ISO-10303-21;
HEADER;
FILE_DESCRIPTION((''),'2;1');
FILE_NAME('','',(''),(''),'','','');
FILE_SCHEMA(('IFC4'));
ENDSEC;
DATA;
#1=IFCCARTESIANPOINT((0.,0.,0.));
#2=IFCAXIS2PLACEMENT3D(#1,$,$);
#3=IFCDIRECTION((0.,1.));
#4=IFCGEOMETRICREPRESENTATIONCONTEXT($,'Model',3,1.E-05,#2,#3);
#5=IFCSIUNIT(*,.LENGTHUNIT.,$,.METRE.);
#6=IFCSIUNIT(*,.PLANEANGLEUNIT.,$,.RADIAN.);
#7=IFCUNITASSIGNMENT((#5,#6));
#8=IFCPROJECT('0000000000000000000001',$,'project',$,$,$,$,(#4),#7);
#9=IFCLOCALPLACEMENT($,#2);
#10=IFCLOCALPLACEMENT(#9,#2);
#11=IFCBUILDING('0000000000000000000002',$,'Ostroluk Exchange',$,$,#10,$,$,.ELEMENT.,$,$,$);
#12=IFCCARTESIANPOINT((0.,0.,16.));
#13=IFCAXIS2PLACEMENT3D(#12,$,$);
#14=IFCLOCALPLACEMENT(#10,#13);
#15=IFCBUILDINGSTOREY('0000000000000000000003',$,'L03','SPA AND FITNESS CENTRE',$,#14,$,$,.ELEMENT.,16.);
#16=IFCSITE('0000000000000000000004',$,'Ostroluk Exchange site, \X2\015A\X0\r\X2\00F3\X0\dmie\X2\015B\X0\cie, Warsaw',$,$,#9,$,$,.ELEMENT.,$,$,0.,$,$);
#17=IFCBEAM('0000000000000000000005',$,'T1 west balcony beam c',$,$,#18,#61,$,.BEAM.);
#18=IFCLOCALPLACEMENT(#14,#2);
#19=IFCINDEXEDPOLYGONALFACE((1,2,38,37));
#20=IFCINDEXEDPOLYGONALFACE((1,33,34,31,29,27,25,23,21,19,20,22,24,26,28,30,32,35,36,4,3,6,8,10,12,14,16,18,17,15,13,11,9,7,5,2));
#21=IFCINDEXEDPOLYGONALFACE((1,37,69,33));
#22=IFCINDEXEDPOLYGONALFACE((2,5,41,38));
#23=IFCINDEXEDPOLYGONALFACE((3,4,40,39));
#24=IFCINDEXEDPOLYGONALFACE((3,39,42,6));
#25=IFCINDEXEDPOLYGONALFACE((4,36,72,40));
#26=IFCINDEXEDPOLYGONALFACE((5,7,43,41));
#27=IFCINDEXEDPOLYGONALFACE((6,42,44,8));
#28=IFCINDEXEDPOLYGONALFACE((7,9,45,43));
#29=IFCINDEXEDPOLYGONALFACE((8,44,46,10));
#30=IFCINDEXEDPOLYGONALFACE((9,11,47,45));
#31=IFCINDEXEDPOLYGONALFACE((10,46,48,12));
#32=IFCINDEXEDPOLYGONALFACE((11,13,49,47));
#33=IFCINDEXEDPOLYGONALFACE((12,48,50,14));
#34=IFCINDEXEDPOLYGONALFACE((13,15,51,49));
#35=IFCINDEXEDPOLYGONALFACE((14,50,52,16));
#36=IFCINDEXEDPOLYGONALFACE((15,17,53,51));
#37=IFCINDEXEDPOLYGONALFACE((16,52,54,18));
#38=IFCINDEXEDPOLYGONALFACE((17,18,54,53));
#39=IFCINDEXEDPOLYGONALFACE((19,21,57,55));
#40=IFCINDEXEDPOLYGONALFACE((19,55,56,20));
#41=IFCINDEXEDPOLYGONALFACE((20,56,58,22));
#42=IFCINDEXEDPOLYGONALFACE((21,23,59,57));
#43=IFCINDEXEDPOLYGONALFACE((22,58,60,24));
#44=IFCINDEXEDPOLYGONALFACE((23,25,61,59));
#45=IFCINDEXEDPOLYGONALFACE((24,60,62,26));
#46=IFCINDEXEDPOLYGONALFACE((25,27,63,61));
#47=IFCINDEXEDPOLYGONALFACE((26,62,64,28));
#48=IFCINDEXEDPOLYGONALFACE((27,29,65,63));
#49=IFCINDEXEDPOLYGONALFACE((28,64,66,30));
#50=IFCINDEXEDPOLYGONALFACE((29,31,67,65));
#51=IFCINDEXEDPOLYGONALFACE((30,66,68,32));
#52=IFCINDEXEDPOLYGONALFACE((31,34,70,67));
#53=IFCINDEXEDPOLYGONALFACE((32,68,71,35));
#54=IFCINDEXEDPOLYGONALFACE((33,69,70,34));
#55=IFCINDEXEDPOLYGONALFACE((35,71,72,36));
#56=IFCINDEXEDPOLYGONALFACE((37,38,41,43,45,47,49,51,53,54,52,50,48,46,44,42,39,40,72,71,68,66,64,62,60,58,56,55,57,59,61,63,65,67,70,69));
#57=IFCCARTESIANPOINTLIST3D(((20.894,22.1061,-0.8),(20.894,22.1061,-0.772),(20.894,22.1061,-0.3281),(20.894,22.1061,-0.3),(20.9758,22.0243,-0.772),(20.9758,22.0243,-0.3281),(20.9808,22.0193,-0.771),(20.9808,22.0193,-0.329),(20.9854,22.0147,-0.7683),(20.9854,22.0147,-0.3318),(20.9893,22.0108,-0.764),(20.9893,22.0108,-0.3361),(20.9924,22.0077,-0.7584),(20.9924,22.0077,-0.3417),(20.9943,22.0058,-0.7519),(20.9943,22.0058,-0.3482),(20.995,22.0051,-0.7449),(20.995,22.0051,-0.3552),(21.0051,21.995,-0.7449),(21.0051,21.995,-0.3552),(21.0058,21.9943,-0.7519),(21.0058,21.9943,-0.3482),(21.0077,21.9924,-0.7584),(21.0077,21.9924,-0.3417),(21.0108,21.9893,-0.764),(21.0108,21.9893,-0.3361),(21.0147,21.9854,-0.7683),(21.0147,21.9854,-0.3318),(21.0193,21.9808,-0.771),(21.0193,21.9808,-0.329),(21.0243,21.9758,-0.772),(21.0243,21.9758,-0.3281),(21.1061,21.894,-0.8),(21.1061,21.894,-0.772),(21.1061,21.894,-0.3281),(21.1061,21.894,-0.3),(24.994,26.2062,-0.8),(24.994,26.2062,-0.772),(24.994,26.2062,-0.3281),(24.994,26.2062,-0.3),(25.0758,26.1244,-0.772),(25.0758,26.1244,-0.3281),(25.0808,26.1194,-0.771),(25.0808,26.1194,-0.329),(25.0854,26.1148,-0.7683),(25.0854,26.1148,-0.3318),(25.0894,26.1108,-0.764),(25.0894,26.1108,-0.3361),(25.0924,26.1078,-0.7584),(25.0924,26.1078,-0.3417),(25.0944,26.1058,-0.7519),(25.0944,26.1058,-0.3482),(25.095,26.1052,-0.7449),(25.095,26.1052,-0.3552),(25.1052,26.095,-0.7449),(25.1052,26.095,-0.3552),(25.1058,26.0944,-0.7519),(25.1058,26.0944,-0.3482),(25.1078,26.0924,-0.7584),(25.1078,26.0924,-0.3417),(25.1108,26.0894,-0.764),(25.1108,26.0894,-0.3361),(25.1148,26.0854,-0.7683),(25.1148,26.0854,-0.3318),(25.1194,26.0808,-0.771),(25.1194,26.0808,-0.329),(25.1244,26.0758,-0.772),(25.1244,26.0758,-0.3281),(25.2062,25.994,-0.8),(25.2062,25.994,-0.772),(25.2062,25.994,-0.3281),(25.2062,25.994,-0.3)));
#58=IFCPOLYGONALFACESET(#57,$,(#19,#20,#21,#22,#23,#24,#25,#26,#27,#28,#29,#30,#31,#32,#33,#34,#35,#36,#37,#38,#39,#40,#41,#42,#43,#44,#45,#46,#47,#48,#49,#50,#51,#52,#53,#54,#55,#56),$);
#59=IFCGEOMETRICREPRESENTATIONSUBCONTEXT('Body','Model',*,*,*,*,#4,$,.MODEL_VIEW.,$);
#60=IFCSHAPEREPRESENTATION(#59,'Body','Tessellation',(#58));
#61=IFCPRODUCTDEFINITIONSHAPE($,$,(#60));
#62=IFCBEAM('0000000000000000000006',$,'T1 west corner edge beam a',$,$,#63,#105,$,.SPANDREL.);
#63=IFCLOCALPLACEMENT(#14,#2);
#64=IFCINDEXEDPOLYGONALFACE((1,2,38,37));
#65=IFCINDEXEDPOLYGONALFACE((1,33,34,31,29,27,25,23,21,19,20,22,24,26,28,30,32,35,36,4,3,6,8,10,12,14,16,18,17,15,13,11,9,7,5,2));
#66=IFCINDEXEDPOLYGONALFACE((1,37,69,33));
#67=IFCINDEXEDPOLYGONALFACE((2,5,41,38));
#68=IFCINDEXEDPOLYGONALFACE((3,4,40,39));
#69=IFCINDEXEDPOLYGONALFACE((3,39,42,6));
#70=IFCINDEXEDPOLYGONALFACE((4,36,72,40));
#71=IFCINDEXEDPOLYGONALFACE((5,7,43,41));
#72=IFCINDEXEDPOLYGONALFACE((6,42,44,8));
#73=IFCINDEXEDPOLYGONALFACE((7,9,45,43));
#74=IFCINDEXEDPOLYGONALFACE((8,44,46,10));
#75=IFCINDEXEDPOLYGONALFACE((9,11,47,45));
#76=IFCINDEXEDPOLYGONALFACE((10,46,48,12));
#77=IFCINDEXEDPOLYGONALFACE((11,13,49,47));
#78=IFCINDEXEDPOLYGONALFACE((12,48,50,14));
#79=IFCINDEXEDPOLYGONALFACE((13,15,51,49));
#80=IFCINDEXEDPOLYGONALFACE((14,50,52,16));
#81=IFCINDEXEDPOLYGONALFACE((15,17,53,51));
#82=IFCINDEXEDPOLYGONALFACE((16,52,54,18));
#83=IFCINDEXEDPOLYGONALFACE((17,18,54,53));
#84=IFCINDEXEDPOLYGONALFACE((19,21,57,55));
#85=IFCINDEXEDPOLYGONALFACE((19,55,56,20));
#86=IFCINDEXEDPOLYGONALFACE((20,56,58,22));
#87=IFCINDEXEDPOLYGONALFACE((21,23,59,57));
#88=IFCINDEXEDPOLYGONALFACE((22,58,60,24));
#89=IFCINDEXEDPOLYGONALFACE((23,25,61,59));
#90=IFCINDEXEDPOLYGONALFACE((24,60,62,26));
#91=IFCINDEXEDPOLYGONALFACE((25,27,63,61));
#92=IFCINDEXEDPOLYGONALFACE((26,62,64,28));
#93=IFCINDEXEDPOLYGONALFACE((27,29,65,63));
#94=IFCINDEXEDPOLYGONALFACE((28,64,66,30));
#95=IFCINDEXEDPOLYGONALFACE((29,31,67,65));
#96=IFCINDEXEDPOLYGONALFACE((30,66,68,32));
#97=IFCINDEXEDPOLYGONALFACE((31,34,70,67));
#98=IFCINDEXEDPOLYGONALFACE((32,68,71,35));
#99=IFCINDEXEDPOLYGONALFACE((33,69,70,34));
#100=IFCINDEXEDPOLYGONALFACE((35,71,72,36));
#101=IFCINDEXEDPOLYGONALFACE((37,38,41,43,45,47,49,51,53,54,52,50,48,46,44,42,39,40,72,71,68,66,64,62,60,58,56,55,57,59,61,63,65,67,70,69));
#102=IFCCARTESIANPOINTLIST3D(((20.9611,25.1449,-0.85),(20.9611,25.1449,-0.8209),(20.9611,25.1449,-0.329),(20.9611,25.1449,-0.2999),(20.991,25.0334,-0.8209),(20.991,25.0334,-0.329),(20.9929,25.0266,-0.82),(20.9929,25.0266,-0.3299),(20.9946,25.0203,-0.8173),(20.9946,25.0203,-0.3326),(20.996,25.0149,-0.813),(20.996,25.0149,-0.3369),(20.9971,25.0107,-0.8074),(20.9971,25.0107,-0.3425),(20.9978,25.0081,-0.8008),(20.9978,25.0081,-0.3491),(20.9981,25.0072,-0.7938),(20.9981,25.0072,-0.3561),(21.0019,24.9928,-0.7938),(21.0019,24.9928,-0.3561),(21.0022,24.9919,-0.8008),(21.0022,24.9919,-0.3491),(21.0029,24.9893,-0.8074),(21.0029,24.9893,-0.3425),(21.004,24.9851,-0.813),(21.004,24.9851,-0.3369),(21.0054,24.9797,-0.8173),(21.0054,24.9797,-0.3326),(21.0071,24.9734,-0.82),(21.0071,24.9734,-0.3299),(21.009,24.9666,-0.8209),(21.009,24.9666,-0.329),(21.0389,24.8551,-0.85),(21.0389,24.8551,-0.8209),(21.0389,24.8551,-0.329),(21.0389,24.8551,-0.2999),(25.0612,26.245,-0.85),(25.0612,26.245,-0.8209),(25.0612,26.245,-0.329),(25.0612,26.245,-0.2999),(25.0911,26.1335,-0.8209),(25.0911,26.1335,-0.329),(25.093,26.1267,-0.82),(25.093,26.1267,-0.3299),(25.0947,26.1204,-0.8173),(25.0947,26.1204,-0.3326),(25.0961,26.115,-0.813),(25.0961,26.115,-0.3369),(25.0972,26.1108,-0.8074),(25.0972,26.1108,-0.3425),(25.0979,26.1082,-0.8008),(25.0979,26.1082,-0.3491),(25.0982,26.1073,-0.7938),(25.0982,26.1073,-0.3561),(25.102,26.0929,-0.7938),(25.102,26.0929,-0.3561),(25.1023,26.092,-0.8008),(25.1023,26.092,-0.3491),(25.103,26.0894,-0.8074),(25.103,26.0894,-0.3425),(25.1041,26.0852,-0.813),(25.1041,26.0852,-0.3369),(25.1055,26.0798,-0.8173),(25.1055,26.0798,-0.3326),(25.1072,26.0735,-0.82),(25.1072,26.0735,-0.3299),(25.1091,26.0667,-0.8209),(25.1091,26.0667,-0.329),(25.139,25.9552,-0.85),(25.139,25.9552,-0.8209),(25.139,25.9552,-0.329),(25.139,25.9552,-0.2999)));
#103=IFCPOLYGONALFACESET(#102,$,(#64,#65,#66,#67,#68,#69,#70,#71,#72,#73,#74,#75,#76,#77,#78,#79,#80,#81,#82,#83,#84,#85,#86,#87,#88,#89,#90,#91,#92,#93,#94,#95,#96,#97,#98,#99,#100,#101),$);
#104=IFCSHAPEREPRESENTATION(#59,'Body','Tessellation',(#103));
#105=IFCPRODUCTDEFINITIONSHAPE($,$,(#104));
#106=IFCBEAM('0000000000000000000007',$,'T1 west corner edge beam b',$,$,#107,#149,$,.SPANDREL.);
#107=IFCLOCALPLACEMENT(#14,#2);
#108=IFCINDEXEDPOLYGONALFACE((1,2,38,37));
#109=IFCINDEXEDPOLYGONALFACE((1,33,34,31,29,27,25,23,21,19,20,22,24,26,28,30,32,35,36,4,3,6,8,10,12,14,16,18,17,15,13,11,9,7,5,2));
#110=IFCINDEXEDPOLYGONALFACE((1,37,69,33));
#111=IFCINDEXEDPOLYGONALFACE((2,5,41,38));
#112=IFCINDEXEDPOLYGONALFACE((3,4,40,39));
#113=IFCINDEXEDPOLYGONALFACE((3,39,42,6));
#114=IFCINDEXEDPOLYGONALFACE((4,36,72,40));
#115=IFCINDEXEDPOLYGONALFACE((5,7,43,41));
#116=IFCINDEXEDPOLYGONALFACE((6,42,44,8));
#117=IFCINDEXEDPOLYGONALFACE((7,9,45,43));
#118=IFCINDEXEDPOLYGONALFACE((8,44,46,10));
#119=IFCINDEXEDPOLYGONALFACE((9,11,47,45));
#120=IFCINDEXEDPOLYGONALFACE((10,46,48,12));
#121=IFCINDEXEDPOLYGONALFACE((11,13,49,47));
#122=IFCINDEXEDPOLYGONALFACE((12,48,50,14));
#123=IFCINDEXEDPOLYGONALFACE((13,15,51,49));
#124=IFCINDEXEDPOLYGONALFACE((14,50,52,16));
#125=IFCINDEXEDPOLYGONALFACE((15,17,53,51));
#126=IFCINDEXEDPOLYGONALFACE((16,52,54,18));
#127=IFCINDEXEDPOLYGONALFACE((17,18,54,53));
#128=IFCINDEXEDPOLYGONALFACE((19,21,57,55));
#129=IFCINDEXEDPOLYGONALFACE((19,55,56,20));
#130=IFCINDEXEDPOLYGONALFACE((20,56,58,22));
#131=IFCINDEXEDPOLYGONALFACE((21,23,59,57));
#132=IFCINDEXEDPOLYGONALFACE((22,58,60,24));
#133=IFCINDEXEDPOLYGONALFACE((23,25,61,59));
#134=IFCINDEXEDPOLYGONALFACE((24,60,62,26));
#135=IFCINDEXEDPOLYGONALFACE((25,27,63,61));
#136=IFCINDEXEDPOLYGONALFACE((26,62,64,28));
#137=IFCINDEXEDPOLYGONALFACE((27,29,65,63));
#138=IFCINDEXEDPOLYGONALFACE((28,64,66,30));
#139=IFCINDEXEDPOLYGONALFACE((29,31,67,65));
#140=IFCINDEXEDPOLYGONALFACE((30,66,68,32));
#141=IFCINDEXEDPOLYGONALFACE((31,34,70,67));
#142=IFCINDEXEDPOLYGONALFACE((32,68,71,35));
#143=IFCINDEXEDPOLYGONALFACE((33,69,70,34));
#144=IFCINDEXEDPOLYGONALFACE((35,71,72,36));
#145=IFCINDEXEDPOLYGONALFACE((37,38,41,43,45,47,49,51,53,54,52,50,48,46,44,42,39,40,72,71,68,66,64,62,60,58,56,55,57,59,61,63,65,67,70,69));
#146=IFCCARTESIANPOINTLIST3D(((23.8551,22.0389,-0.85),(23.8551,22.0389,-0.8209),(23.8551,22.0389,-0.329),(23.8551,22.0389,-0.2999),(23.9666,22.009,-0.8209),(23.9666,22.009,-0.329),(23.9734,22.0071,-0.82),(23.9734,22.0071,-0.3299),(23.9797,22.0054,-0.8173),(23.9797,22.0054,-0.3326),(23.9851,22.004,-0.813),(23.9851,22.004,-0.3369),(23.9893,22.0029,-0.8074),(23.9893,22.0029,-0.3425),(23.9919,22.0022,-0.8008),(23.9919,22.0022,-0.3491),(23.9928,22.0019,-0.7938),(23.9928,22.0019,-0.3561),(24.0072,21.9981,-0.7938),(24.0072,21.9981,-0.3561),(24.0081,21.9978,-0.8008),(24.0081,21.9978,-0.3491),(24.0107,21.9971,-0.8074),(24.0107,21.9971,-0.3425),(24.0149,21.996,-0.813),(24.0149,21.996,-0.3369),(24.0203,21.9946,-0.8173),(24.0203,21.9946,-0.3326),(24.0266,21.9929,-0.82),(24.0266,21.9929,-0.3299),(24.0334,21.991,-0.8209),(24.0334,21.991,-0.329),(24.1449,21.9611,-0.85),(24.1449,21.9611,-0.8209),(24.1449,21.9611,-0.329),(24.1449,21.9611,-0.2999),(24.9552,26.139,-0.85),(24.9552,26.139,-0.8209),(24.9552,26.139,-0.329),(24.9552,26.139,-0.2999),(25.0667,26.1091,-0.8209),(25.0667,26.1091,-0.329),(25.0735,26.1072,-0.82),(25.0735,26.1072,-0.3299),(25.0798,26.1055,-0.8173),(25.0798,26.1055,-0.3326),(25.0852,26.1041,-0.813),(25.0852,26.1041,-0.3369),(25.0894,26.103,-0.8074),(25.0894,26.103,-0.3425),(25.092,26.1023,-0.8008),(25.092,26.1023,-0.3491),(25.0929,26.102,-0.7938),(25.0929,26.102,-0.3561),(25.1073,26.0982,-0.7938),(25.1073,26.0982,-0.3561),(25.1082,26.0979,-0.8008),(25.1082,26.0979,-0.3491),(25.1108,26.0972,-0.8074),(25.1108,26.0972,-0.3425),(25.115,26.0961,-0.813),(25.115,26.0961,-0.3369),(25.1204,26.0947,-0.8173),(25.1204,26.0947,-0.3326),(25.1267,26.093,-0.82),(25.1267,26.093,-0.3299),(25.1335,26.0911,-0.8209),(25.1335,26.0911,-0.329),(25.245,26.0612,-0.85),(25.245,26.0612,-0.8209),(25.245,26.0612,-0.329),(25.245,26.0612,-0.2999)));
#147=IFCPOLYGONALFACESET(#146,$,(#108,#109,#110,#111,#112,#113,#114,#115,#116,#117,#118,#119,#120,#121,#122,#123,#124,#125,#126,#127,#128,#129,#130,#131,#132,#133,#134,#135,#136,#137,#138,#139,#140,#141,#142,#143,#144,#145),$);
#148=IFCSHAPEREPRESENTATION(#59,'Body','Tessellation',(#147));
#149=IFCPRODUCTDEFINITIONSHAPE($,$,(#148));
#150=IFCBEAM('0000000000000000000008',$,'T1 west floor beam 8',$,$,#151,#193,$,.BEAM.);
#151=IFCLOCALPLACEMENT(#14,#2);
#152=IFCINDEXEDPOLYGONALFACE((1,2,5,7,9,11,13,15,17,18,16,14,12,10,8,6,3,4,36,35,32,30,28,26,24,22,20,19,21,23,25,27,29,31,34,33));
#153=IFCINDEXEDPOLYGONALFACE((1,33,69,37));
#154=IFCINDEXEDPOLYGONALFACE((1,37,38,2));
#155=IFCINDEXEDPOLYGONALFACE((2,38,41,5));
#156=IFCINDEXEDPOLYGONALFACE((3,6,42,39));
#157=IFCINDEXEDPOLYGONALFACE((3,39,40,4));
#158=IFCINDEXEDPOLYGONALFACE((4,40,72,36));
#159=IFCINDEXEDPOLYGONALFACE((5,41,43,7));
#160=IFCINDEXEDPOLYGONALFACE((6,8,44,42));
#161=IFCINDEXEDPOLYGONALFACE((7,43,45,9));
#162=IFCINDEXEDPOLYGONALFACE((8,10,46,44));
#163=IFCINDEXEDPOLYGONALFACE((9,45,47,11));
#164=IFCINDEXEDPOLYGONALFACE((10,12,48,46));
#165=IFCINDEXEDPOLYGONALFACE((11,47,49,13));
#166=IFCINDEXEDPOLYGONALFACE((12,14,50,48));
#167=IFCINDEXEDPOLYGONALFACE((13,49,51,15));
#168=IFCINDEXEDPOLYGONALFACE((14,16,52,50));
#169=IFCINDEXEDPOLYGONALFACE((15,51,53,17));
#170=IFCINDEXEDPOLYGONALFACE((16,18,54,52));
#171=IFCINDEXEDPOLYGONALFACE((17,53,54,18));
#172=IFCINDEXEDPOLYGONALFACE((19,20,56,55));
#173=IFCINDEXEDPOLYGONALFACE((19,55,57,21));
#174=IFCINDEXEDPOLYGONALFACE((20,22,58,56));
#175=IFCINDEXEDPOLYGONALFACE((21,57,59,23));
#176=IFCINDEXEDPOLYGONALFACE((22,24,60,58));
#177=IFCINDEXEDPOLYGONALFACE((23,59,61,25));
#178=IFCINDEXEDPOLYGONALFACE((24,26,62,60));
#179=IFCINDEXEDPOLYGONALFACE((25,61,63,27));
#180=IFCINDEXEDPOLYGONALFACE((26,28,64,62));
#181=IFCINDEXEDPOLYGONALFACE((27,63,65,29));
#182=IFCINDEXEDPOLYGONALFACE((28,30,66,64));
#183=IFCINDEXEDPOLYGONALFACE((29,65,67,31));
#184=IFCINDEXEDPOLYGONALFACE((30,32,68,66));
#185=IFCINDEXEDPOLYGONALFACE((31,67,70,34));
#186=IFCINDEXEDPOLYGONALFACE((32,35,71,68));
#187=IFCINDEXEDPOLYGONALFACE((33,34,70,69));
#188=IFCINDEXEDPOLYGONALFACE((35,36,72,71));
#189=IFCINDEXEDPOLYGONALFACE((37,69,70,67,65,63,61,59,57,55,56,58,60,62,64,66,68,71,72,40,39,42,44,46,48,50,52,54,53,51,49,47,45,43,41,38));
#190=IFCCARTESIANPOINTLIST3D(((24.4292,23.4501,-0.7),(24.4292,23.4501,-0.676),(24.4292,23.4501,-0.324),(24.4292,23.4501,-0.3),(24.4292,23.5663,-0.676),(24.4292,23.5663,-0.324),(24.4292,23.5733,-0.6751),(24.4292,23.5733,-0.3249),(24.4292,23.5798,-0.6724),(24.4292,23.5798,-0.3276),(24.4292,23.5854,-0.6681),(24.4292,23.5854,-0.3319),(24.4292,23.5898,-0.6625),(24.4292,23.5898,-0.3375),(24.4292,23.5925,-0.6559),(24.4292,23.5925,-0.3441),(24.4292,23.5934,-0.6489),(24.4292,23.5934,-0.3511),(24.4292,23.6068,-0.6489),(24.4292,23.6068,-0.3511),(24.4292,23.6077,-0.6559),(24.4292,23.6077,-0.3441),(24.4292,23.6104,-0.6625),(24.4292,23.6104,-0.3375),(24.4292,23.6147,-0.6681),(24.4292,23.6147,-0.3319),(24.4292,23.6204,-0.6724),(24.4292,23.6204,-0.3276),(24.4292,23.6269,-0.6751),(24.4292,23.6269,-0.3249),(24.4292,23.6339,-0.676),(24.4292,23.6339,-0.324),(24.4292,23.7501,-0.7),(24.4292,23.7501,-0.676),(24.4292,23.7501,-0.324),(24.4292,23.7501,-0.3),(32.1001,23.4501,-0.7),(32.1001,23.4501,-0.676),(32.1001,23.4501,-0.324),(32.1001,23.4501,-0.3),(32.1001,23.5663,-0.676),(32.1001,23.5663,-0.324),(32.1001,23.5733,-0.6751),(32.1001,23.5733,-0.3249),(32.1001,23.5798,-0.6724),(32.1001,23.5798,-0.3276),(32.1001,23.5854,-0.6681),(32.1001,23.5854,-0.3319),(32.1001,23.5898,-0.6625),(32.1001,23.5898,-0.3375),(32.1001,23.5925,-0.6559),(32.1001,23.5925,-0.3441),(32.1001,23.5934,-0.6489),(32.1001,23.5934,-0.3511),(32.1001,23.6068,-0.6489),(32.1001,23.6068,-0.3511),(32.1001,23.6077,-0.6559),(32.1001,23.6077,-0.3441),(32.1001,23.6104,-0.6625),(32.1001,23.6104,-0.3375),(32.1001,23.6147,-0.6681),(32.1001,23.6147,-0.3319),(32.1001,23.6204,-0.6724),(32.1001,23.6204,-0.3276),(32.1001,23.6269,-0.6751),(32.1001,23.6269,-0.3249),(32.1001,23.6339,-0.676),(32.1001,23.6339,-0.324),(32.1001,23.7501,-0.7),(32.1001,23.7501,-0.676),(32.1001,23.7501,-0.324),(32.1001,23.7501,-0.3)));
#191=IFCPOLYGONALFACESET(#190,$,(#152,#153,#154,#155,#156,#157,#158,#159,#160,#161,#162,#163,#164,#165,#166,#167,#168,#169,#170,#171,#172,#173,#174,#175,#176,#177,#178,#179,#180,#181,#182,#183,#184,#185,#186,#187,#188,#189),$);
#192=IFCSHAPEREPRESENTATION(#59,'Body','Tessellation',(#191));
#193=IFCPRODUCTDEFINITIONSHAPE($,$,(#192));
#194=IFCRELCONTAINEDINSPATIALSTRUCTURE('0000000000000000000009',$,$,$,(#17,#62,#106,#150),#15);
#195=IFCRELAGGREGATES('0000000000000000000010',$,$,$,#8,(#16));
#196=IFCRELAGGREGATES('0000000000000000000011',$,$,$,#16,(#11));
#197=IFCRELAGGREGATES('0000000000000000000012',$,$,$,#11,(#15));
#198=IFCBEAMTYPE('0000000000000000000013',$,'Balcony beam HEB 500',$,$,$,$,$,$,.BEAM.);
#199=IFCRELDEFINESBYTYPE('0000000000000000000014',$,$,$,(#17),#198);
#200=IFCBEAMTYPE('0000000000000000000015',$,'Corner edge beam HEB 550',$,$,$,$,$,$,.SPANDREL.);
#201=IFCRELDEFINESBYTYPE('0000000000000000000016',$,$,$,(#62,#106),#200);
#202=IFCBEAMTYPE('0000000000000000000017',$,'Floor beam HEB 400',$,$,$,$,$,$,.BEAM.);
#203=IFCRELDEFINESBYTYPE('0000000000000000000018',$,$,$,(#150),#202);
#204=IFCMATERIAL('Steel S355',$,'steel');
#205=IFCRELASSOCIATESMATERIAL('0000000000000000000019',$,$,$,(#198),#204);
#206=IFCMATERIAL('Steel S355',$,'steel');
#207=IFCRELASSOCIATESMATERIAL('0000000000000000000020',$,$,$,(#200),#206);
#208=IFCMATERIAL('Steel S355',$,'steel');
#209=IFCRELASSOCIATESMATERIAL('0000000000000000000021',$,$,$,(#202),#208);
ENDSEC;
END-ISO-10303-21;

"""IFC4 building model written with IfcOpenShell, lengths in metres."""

from ifc_helpers import new_model, si_unit, direction, frame, origin, origin_2d, place, context, subcontext, project, spatial, i_section, extrude, material, material_profile, profile_set, type_object, element, save


model = new_model("IFC4")

# Units and contexts
model_context = context("Model", 3, precision=1e-05, world=origin(), true_north=direction((0.0, 1.0)))
body_context = subcontext(model_context, "Body", "Model", "MODEL_VIEW")
ifc_project = project(units=[si_unit("LENGTHUNIT", "METRE"), si_unit("PLANEANGLEUNIT", "RADIAN")], contexts=[model_context])

# Site, building, storey
site_placement = place(None, origin())
site = spatial("IfcSite", under=ifc_project, at=site_placement, Name="Ostroluk Exchange site, Śródmieście, Warsaw", CompositionType="ELEMENT", RefElevation=0.0)
building_placement = place(site_placement, origin())
building = spatial("IfcBuilding", under=site, at=building_placement, Name="Ostroluk Exchange", CompositionType="ELEMENT")
storey_placement = place(building_placement, frame((0.0, 0.0, 16.0)))
storey = spatial("IfcBuildingStorey", under=building, at=storey_placement, Name="L03", Description="SPA AND FITNESS CENTRE", CompositionType="ELEMENT", Elevation=16.0)

# Beams
ifc_material_1 = material(Name="Steel S355", Category="steel")
ifc_material_profile_1 = material_profile(ifc_material_1, i_section(OverallWidth=0.3, OverallDepth=0.5, WebThickness=0.0144, FlangeThickness=0.0281, FilletRadius=0.0271, at=origin_2d()), Name="HEB 500")
ifc_profile_set_1 = profile_set([ifc_material_profile_1], Name="Steel S355")
beam_type_1 = type_object("IfcBeamType", Name="Balcony beam HEB 500", PredefinedType="BEAM", material=ifc_profile_set_1)
beam_1_placement = place(storey_placement, frame((25.1001, 26.1001, -0.55), z_axis=(-0.707107, -0.707107, 0.0), x_axis=(0.707107, -0.707107, 0.0)))
element("IfcBeam", 1, at=beam_1_placement, inside=storey, type_object=beam_type_1, Name="T1 west balcony beam c", PredefinedType="BEAM", context=body_context, shape_type="SweptSolid", body=[
    extrude(i_section(OverallWidth=0.3, OverallDepth=0.5, WebThickness=0.0144, FlangeThickness=0.0281, FilletRadius=0.0271, at=origin_2d()), origin(), (0.0, 0.0, 1.0), 5.7983),
])
ifc_material_2 = material(Name="Steel S355", Category="steel")
ifc_material_profile_2 = material_profile(ifc_material_2, i_section(OverallWidth=0.3, OverallDepth=0.55, WebThickness=0.0149, FlangeThickness=0.0291, FilletRadius=0.0271, at=origin_2d()), Name="HEB 550")
ifc_profile_set_2 = profile_set([ifc_material_profile_2], Name="Steel S355")
beam_type_2 = type_object("IfcBeamType", Name="Corner edge beam HEB 550", PredefinedType="SPANDREL", material=ifc_profile_set_2)
for number, where, z_axis, x_axis, name in (
    (2, (25.1001, 26.1001, -0.575), (-0.965839, -0.259144, 0.0), (0.259144, -0.965839, 0.0), "T1 west corner edge beam a"),
    (3, (25.1001, 26.1001, -0.575), (-0.259144, -0.965839, 0.0), (0.965839, -0.259144, 0.0), "T1 west corner edge beam b"),
):
    element("IfcBeam", number, at=place(storey_placement, frame(where, z_axis=z_axis, x_axis=x_axis)), inside=storey, type_object=beam_type_2, Name=name, PredefinedType="SPANDREL", context=body_context, shape_type="SweptSolid", body=[
        extrude(i_section(OverallWidth=0.3, OverallDepth=0.55, WebThickness=0.0149, FlangeThickness=0.0291, FilletRadius=0.0271, at=origin_2d()), origin(), (0.0, 0.0, 1.0), 4.2451),
    ])
ifc_material_3 = material(Name="Steel S355", Category="steel")
ifc_material_profile_3 = material_profile(ifc_material_3, i_section(OverallWidth=0.3, OverallDepth=0.3999, WebThickness=0.0134, FlangeThickness=0.0239, FilletRadius=0.0271, at=origin_2d()), Name="HEB 400")
ifc_profile_set_3 = profile_set([ifc_material_profile_3], Name="Steel S355")
beam_type_3 = type_object("IfcBeamType", Name="Floor beam HEB 400", PredefinedType="BEAM", material=ifc_profile_set_3)
beam_2_placement = place(storey_placement, frame((32.1001, 23.6001, -0.5), z_axis=(-1.0, 0.0, 0.0), x_axis=(0.0, -1.0, 0.0)))
element("IfcBeam", 4, at=beam_2_placement, inside=storey, type_object=beam_type_3, Name="T1 west floor beam 8", PredefinedType="BEAM", context=body_context, shape_type="SweptSolid", body=[
    extrude(i_section(OverallWidth=0.3, OverallDepth=0.3999, WebThickness=0.0134, FlangeThickness=0.0239, FilletRadius=0.0271, at=origin_2d()), origin(), (0.0, 0.0, 1.0), 7.6709),
])

save(model, "model.ifc")
